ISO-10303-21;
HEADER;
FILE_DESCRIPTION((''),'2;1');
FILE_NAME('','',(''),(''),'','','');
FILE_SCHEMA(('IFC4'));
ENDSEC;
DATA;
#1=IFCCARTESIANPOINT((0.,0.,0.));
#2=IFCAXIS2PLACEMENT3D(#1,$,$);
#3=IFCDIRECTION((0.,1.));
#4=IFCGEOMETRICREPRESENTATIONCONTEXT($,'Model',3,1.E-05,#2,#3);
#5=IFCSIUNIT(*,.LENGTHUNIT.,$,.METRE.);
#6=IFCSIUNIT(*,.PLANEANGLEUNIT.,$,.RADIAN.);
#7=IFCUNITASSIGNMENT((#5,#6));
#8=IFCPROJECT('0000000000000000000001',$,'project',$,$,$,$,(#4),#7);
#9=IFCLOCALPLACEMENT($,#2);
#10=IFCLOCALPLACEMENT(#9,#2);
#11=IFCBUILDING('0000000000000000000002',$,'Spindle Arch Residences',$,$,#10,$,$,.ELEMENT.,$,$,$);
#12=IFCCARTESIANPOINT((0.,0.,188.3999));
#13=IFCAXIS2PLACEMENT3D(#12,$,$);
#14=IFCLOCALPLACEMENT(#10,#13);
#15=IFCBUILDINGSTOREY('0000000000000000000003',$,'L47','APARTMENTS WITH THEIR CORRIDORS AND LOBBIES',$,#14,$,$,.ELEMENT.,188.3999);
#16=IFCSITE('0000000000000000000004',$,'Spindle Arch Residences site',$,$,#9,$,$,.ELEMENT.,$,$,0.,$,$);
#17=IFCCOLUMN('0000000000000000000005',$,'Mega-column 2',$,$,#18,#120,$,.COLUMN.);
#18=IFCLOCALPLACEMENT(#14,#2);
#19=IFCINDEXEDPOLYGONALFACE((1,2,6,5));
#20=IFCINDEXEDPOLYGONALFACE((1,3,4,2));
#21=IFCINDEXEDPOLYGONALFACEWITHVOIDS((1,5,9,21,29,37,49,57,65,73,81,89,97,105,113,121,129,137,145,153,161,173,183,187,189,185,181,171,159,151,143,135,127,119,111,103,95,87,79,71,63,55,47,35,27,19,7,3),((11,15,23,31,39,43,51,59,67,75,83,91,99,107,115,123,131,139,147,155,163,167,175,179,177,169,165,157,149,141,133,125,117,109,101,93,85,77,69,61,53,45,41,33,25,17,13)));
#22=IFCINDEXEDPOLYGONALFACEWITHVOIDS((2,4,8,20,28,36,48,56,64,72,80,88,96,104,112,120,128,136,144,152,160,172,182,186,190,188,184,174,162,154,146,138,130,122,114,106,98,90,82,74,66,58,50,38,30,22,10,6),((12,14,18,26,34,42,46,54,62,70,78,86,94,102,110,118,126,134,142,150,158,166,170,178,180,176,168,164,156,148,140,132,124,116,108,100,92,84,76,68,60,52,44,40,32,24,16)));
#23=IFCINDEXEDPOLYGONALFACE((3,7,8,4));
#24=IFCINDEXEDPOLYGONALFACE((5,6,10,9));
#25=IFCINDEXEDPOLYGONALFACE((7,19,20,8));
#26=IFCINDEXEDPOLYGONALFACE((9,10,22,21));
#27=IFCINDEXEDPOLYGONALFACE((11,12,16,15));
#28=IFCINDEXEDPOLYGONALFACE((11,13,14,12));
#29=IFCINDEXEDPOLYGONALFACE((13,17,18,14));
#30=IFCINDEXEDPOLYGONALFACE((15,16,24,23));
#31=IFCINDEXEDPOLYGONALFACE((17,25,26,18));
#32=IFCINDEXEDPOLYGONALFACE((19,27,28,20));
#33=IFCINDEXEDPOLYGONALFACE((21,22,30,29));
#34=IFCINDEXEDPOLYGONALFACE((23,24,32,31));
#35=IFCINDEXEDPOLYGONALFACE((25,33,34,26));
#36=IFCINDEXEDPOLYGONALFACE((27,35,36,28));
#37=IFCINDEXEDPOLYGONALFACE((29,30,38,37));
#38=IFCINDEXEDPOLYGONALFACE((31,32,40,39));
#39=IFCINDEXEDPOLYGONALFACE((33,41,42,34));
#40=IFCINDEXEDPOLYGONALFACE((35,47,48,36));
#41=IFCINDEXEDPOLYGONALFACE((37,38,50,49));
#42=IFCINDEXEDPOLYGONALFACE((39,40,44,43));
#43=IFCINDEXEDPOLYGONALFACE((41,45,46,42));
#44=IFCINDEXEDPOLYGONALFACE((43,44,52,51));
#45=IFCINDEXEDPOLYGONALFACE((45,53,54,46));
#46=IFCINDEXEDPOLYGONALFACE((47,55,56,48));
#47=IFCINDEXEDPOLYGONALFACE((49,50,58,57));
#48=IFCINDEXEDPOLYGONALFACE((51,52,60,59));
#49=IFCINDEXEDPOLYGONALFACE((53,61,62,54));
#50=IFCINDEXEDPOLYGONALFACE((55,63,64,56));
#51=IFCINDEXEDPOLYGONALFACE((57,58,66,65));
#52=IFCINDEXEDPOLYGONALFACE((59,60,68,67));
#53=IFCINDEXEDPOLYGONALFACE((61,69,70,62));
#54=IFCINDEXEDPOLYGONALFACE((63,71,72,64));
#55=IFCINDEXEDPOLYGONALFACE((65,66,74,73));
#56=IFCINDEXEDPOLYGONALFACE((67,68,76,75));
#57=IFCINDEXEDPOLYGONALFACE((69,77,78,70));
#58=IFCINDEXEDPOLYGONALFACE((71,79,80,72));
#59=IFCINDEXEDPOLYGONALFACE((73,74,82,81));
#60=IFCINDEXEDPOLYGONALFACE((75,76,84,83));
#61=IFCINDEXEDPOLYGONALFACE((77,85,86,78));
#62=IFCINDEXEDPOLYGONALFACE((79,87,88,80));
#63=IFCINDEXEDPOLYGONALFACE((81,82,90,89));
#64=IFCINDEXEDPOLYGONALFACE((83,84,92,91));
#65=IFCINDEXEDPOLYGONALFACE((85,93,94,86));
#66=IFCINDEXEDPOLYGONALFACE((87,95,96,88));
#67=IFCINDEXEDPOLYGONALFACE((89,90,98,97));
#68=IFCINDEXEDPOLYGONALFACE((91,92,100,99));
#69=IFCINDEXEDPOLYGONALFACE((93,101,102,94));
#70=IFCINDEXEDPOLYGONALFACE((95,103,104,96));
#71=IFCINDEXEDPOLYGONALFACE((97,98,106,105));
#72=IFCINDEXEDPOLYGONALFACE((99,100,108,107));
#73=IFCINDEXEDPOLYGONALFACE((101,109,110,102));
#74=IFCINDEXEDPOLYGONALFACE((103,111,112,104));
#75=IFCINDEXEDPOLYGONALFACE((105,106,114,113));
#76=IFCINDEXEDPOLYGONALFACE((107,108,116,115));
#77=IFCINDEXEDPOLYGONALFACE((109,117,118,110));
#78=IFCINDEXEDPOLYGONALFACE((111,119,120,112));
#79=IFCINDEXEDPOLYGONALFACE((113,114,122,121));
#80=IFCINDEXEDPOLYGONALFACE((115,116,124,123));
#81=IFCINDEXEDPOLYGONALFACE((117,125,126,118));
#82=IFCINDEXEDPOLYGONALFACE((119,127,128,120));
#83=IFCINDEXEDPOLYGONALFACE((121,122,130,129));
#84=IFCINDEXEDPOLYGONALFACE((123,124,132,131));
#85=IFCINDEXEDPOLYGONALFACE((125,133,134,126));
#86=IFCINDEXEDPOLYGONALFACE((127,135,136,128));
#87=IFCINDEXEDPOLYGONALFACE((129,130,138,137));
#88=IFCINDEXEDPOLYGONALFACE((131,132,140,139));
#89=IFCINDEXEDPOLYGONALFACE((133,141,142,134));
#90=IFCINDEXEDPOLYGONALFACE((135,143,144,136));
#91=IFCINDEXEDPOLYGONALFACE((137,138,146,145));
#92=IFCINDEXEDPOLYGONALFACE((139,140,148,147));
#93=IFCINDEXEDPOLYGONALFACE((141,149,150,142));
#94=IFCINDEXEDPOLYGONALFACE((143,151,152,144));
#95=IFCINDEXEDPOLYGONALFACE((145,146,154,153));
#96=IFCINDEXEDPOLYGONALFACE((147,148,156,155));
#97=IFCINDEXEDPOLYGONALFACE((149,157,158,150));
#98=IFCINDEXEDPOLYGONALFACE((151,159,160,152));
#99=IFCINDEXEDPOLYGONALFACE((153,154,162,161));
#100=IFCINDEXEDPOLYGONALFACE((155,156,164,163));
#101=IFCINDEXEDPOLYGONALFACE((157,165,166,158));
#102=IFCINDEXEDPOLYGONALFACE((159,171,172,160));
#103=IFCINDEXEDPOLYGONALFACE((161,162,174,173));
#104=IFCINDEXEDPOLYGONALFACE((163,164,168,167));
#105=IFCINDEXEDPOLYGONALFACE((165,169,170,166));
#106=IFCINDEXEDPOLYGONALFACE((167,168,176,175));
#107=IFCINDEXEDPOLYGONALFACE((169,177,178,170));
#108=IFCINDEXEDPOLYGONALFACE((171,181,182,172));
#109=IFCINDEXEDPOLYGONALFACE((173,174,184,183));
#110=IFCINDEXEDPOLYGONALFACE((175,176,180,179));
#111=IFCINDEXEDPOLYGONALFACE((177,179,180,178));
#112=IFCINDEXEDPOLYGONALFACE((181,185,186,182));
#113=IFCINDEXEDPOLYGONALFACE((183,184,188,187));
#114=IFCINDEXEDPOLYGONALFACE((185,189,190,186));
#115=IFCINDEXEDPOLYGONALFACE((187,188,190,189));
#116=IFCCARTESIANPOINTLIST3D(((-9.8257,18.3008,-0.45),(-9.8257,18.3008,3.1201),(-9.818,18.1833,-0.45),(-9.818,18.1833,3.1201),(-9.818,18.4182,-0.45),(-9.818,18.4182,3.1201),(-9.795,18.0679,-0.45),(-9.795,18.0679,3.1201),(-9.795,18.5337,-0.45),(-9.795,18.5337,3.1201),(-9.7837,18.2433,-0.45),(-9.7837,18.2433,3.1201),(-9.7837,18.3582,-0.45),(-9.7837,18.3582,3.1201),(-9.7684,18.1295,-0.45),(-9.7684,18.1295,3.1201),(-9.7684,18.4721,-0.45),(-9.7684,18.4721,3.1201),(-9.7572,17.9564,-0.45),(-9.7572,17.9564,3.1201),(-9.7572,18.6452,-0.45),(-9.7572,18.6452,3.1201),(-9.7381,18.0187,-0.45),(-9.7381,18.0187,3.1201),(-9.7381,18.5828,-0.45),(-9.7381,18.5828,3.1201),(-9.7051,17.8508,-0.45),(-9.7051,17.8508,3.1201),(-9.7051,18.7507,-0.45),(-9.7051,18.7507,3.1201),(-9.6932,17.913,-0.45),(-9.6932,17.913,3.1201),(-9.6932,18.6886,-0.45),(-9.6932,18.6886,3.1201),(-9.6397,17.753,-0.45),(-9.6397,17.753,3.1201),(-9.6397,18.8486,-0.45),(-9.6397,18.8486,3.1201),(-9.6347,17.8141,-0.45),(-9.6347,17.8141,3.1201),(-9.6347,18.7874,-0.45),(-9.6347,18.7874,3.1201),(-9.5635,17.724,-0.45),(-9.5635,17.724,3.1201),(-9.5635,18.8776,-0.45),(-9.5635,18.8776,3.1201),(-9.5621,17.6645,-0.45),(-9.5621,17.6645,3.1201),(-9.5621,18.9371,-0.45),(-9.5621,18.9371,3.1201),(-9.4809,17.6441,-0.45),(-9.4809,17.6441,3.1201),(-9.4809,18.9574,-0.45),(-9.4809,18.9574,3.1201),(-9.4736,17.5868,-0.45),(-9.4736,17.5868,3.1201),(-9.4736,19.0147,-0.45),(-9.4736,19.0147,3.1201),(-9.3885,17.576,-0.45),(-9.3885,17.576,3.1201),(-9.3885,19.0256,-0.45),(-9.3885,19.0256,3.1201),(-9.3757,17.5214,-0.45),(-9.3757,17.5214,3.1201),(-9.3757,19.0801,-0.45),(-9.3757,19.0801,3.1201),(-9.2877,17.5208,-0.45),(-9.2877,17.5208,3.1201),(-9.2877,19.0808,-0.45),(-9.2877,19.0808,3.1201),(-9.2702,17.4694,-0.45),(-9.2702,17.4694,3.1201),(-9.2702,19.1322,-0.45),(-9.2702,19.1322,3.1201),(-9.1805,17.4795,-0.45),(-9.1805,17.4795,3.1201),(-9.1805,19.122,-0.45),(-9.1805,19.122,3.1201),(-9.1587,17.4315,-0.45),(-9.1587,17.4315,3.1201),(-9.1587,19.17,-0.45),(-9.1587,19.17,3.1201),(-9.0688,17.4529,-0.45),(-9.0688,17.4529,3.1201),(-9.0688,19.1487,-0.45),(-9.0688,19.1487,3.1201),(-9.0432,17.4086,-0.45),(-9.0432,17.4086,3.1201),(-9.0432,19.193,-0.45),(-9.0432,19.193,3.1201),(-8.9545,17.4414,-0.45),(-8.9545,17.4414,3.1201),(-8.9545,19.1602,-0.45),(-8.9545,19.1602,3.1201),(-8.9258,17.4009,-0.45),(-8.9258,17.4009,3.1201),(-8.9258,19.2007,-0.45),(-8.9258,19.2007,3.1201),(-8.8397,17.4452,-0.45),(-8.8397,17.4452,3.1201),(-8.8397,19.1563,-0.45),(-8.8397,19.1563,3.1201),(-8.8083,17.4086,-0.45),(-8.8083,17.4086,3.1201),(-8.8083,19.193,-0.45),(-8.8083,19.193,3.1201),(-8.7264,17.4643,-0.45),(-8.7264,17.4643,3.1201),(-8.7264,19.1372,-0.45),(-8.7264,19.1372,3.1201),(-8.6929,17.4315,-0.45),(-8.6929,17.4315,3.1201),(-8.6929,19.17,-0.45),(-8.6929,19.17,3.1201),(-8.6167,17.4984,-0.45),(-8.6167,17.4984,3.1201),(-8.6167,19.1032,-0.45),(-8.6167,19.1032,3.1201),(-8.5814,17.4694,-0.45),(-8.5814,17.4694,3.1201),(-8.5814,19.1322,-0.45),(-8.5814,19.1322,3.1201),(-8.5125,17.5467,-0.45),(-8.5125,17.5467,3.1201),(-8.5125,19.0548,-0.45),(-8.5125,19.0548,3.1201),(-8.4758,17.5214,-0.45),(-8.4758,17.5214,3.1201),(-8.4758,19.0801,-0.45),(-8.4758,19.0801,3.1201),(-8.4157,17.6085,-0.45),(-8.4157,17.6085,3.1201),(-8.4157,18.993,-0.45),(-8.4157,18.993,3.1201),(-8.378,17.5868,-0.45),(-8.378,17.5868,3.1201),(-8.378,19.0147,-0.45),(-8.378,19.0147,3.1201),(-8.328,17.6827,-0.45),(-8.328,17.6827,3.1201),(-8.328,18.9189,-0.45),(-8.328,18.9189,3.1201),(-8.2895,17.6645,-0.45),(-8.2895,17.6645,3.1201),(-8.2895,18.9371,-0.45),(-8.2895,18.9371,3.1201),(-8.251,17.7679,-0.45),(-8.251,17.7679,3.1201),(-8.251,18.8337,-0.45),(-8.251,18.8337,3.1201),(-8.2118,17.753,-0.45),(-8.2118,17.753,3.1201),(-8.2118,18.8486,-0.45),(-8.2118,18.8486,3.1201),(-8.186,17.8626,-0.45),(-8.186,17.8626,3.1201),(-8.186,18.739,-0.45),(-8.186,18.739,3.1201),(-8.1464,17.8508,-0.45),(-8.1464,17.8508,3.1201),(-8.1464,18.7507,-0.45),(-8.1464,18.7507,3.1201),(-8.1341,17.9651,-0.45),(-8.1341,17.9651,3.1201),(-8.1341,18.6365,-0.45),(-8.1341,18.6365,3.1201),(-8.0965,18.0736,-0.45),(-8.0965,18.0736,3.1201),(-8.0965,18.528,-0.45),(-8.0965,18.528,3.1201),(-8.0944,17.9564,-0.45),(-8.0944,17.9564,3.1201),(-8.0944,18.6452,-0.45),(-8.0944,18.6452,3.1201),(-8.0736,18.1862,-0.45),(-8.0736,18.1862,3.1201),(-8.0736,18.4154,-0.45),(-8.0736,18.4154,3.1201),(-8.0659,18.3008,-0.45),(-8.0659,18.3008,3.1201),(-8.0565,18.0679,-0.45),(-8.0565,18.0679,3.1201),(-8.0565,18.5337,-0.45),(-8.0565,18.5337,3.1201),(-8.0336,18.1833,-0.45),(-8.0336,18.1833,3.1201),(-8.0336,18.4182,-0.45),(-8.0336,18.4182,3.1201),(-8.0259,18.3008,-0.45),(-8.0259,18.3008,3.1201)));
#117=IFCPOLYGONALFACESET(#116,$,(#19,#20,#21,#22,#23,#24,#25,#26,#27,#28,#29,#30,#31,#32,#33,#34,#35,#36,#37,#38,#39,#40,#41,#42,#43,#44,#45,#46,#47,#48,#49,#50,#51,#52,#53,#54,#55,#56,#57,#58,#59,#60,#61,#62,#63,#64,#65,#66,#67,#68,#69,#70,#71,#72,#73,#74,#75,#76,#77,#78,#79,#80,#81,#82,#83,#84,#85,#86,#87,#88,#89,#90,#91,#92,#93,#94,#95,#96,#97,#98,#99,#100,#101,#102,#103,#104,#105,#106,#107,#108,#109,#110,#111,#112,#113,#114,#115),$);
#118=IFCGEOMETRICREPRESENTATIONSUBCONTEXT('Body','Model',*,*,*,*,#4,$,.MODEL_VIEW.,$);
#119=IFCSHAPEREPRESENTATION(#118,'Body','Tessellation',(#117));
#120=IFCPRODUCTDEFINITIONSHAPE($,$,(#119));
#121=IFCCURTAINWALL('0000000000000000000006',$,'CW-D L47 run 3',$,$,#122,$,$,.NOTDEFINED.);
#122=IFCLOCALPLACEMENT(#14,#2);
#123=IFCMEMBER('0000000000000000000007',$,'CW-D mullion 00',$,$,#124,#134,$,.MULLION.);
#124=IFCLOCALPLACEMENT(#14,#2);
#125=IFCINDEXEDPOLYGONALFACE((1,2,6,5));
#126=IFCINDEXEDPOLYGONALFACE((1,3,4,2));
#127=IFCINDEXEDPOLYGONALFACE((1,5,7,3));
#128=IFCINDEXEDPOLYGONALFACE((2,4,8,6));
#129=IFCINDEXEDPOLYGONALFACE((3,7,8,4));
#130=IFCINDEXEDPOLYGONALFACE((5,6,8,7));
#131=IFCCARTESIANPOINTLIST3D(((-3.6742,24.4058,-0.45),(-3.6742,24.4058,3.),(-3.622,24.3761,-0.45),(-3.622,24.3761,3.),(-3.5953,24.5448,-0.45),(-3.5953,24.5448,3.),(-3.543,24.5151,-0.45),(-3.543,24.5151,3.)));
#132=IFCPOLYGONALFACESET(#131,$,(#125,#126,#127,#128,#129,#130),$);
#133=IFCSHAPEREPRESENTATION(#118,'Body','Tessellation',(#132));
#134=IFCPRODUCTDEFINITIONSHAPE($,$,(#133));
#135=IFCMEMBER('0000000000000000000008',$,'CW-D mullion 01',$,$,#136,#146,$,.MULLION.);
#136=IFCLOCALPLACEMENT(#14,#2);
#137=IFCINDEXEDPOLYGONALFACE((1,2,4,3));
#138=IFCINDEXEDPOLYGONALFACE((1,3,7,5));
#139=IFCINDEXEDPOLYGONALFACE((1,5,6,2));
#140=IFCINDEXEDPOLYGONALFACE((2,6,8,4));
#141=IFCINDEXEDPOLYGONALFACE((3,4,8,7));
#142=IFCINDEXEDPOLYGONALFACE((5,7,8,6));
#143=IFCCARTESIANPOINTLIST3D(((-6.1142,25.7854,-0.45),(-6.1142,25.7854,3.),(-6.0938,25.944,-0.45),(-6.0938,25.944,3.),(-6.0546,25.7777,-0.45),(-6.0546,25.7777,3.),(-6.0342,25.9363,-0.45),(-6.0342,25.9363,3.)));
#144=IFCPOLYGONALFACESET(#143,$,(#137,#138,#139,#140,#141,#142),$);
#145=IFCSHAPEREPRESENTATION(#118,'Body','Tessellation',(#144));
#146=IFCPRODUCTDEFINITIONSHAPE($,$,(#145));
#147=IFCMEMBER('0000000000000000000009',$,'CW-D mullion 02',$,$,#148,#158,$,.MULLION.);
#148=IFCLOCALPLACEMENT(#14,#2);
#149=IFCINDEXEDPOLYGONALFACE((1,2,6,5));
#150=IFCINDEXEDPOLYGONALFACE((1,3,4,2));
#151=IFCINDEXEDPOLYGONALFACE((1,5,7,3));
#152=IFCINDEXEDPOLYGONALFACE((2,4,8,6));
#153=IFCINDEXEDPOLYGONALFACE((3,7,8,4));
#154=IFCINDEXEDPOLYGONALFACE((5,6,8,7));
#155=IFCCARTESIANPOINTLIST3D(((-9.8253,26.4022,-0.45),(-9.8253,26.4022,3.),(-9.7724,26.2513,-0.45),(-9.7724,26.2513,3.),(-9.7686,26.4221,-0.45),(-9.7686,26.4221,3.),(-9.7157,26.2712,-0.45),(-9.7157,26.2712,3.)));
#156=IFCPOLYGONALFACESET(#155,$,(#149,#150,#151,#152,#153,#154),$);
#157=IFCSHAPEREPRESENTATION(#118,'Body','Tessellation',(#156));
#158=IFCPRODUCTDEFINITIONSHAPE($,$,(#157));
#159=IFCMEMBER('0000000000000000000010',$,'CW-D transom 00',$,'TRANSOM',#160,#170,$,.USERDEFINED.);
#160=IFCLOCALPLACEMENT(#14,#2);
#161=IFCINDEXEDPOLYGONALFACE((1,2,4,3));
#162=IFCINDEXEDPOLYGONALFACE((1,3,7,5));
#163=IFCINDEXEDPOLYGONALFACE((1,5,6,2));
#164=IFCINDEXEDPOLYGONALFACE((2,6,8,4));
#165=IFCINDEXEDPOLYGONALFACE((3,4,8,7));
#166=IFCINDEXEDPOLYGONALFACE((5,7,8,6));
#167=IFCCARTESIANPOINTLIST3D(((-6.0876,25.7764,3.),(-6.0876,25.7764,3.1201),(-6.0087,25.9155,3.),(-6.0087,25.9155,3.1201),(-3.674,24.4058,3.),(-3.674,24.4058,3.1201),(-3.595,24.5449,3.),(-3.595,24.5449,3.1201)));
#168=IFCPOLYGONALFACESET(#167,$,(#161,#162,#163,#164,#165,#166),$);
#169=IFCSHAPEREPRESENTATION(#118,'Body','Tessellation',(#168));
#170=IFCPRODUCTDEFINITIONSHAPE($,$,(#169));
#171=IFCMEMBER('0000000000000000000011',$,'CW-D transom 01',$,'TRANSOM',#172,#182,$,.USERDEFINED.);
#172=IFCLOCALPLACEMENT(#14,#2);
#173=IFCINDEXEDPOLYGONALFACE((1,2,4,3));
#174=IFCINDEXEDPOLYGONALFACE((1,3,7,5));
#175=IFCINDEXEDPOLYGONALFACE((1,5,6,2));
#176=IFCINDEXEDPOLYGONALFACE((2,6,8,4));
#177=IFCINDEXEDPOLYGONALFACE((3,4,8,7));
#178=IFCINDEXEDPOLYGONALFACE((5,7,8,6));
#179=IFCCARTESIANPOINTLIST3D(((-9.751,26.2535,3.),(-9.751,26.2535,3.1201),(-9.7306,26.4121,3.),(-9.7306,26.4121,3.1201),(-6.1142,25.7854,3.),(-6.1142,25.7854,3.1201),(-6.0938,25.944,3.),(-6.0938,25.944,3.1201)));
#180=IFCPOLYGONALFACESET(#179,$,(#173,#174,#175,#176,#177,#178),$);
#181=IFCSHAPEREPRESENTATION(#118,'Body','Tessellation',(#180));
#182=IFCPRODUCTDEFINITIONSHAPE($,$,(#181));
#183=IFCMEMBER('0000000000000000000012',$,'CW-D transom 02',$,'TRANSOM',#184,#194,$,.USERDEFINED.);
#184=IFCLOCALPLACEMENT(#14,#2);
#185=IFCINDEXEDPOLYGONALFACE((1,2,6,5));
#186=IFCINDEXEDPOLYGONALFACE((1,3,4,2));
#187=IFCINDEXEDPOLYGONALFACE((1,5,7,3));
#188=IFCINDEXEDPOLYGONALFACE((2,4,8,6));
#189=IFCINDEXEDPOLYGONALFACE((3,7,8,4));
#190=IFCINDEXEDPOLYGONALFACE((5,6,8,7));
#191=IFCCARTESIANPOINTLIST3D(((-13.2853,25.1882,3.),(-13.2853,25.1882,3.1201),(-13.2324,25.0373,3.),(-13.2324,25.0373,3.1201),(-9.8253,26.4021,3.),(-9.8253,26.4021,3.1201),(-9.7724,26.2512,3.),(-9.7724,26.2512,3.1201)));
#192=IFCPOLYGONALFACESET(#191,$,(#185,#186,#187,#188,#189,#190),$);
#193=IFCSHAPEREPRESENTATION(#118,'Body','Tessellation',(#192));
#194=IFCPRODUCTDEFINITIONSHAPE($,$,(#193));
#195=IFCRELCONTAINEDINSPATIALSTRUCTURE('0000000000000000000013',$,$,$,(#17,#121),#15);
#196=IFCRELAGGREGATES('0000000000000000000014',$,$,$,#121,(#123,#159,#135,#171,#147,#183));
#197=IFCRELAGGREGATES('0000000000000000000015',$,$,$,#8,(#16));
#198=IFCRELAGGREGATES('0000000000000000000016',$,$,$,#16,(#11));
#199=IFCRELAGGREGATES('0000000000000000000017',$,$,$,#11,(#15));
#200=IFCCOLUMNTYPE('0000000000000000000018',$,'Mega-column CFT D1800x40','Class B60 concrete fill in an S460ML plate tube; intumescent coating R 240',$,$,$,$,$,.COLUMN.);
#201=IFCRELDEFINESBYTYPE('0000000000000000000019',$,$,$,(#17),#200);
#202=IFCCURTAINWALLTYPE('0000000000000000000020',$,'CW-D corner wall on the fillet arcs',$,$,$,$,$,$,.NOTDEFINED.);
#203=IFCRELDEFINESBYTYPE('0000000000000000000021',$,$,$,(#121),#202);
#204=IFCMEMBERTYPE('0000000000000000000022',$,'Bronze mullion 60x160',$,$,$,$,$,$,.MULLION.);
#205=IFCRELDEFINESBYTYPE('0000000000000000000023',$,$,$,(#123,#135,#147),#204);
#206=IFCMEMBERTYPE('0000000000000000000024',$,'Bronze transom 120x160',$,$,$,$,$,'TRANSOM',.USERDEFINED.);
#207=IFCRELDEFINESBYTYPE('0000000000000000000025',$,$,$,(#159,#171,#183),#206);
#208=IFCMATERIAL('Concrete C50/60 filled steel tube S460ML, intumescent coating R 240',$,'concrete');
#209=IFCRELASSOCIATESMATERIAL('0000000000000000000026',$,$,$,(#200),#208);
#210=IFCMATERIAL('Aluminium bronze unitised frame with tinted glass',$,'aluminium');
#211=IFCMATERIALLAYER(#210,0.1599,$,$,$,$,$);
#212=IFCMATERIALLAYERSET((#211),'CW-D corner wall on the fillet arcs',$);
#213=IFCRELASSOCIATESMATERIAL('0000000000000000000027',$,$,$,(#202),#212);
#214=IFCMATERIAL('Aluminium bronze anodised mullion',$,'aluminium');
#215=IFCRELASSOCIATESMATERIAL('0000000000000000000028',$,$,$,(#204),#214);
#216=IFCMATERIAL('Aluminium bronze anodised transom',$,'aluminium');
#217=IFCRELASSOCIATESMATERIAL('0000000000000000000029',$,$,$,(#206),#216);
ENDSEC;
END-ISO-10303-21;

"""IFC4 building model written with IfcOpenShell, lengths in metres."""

from ifc_helpers import new_model, si_unit, direction, frame, origin, origin_2d, place, context, subcontext, project, spatial, rectangle, hollow_circle, extrude, material, layer, layer_set, material_profile, profile_set, type_object, element, aggregate, save


model = new_model("IFC4")

# Units and contexts
model_context = context("Model", 3, precision=1e-05, world=origin(), true_north=direction((0.0, 1.0)))
body_context = subcontext(model_context, "Body", "Model", "MODEL_VIEW")
ifc_project = project(units=[si_unit("LENGTHUNIT", "METRE"), si_unit("PLANEANGLEUNIT", "RADIAN")], contexts=[model_context])

# Site, building, storey
site_placement = place(None, origin())
site = spatial("IfcSite", under=ifc_project, at=site_placement, Name="Spindle Arch Residences site", CompositionType="ELEMENT", RefElevation=0.0)
building_placement = place(site_placement, origin())
building = spatial("IfcBuilding", under=site, at=building_placement, Name="Spindle Arch Residences", CompositionType="ELEMENT")
storey_placement = place(building_placement, frame((0.0, 0.0, 188.3999)))
storey = spatial("IfcBuildingStorey", under=building, at=storey_placement, Name="L47", Description="APARTMENTS WITH THEIR CORRIDORS AND LOBBIES", CompositionType="ELEMENT", Elevation=188.3999)

# Column
ifc_material_1 = material(Name="Concrete C50/60 filled steel tube S460ML, intumescent coating R 240", Category="concrete")
ifc_material_profile_1 = material_profile(ifc_material_1, hollow_circle(Radius=0.8999, WallThickness=0.04, at=origin_2d()), Name="CFT D1800x40")
ifc_profile_set_1 = profile_set([ifc_material_profile_1], Name="Concrete C50/60 filled steel tube S460ML, intumescent coating R 240")
column_type_1 = type_object("IfcColumnType", Name="Mega-column CFT D1800x40", Description="Class B60 concrete fill in an S460ML plate tube; intumescent coating R 240", PredefinedType="COLUMN", material=ifc_profile_set_1)
column_placement = place(storey_placement, frame((-8.9258, 18.3008, -0.45), z_axis=(0.0, 0.0, 1.0), x_axis=(1.0, 0.0, 0.0)))
element("IfcColumn", 1, at=column_placement, inside=storey, type_object=column_type_1, Name="Mega-column 2", PredefinedType="COLUMN", context=body_context, shape_type="SweptSolid", body=[
    extrude(hollow_circle(Radius=0.8999, WallThickness=0.04, at=origin_2d()), origin(), (0.0, 0.0, 1.0), 3.5701),
])

# Curtain wall, members
ifc_material_2 = material(Name="Aluminium bronze unitised frame with tinted glass", Category="aluminium")
ifc_layer_1 = layer(ifc_material_2, 0.1599)
ifc_layer_set_1 = layer_set([ifc_layer_1], Name="CW-D corner wall on the fillet arcs")
curtain_wall_type = type_object("IfcCurtainWallType", Name="CW-D corner wall on the fillet arcs", PredefinedType="NOTDEFINED", material=ifc_layer_set_1)
curtain_wall_placement = place(storey_placement, origin())
curtain_wall = element("IfcCurtainWall", 2, at=curtain_wall_placement, inside=storey, type_object=curtain_wall_type, Name="CW-D L47 run 3", PredefinedType="NOTDEFINED")
ifc_material_3 = material(Name="Aluminium bronze anodised mullion", Category="aluminium")
ifc_material_profile_2 = material_profile(ifc_material_3, rectangle(XDim=0.1599, YDim=0.0601, at=origin_2d()), Name="MU 60x160")
ifc_profile_set_2 = profile_set([ifc_material_profile_2], Name="Aluminium bronze anodised mullion")
member_type_1 = type_object("IfcMemberType", Name="Bronze mullion 60x160", PredefinedType="MULLION", material=ifc_profile_set_2)
member_1_placement = place(storey_placement, frame((-3.6086, 24.4604, -0.45), z_axis=(0.0, 0.0, 1.0), x_axis=(-0.493865, -0.869539, 0.0)))
member_1 = element("IfcMember", 3, at=member_1_placement, type_object=member_type_1, Name="CW-D mullion 00", PredefinedType="MULLION", context=body_context, shape_type="SweptSolid", body=[
    extrude(rectangle(XDim=0.1599, YDim=0.0601, at=origin_2d()), origin(), (0.0, 0.0, 1.0), 3.45),
])
member_2_placement = place(storey_placement, frame((-6.0742, 25.8608, -0.45), z_axis=(0.0, 0.0, 1.0), x_axis=(-0.127642, -0.99182, 0.0)))
member_2 = element("IfcMember", 4, at=member_2_placement, type_object=member_type_1, Name="CW-D mullion 01", PredefinedType="MULLION", context=body_context, shape_type="SweptSolid", body=[
    extrude(rectangle(XDim=0.1599, YDim=0.0601, at=origin_2d()), origin(), (0.0, 0.0, 1.0), 3.45),
])
member_3_placement = place(storey_placement, frame((-9.7705, 26.3367, -0.45), z_axis=(0.0, 0.0, 1.0), x_axis=(0.331063, -0.943609, 0.0)))
member_3 = element("IfcMember", 5, at=member_3_placement, type_object=member_type_1, Name="CW-D mullion 02", PredefinedType="MULLION", context=body_context, shape_type="SweptSolid", body=[
    extrude(rectangle(XDim=0.1599, YDim=0.0601, at=origin_2d()), origin(), (0.0, 0.0, 1.0), 3.45),
])
ifc_material_4 = material(Name="Aluminium bronze anodised transom", Category="aluminium")
ifc_material_profile_3 = material_profile(ifc_material_4, rectangle(XDim=0.1599, YDim=0.1201, at=origin_2d()), Name="TR 120x160")
ifc_profile_set_3 = profile_set([ifc_material_profile_3], Name="Aluminium bronze anodised transom")
member_type_2 = type_object("IfcMemberType", Name="Bronze transom 120x160", ElementType="TRANSOM", PredefinedType="USERDEFINED", material=ifc_profile_set_3)
member_4_placement = place(storey_placement, frame((-3.6345, 24.4753, 3.0601), z_axis=(-0.869572, 0.493807, 0.0), x_axis=(-0.493807, -0.869572, 0.0)))
member_4 = element("IfcMember", 6, at=member_4_placement, type_object=member_type_2, Name="CW-D transom 00", ObjectType="TRANSOM", PredefinedType="USERDEFINED", context=body_context, shape_type="SweptSolid", body=[
    extrude(rectangle(XDim=0.1599, YDim=0.1201, at=origin_2d()), origin(), (0.0, 0.0, 1.0), 2.7756),
])
member_5_placement = place(storey_placement, frame((-6.104, 25.8647, 3.0601), z_axis=(-0.991821, 0.12764, 0.0), x_axis=(-0.12764, -0.991821, 0.0)))
member_5 = element("IfcMember", 7, at=member_5_placement, type_object=member_type_2, Name="CW-D transom 01", ObjectType="TRANSOM", PredefinedType="USERDEFINED", context=body_context, shape_type="SweptSolid", body=[
    extrude(rectangle(XDim=0.1599, YDim=0.1201, at=origin_2d()), origin(), (0.0, 0.0, 1.0), 3.6667),
])
member_6_placement = place(storey_placement, frame((-9.7988, 26.3267, 3.0601), z_axis=(-0.943613, -0.33105, 0.0), x_axis=(0.33105, -0.943613, 0.0)))
member_6 = element("IfcMember", 8, at=member_6_placement, type_object=member_type_2, Name="CW-D transom 02", ObjectType="TRANSOM", PredefinedType="USERDEFINED", context=body_context, shape_type="SweptSolid", body=[
    extrude(rectangle(XDim=0.1599, YDim=0.1201, at=origin_2d()), origin(), (0.0, 0.0, 1.0), 3.6667),
])

aggregate(curtain_wall, [member_1, member_4, member_2, member_5, member_3, member_6])

save(model, "model.ifc")
